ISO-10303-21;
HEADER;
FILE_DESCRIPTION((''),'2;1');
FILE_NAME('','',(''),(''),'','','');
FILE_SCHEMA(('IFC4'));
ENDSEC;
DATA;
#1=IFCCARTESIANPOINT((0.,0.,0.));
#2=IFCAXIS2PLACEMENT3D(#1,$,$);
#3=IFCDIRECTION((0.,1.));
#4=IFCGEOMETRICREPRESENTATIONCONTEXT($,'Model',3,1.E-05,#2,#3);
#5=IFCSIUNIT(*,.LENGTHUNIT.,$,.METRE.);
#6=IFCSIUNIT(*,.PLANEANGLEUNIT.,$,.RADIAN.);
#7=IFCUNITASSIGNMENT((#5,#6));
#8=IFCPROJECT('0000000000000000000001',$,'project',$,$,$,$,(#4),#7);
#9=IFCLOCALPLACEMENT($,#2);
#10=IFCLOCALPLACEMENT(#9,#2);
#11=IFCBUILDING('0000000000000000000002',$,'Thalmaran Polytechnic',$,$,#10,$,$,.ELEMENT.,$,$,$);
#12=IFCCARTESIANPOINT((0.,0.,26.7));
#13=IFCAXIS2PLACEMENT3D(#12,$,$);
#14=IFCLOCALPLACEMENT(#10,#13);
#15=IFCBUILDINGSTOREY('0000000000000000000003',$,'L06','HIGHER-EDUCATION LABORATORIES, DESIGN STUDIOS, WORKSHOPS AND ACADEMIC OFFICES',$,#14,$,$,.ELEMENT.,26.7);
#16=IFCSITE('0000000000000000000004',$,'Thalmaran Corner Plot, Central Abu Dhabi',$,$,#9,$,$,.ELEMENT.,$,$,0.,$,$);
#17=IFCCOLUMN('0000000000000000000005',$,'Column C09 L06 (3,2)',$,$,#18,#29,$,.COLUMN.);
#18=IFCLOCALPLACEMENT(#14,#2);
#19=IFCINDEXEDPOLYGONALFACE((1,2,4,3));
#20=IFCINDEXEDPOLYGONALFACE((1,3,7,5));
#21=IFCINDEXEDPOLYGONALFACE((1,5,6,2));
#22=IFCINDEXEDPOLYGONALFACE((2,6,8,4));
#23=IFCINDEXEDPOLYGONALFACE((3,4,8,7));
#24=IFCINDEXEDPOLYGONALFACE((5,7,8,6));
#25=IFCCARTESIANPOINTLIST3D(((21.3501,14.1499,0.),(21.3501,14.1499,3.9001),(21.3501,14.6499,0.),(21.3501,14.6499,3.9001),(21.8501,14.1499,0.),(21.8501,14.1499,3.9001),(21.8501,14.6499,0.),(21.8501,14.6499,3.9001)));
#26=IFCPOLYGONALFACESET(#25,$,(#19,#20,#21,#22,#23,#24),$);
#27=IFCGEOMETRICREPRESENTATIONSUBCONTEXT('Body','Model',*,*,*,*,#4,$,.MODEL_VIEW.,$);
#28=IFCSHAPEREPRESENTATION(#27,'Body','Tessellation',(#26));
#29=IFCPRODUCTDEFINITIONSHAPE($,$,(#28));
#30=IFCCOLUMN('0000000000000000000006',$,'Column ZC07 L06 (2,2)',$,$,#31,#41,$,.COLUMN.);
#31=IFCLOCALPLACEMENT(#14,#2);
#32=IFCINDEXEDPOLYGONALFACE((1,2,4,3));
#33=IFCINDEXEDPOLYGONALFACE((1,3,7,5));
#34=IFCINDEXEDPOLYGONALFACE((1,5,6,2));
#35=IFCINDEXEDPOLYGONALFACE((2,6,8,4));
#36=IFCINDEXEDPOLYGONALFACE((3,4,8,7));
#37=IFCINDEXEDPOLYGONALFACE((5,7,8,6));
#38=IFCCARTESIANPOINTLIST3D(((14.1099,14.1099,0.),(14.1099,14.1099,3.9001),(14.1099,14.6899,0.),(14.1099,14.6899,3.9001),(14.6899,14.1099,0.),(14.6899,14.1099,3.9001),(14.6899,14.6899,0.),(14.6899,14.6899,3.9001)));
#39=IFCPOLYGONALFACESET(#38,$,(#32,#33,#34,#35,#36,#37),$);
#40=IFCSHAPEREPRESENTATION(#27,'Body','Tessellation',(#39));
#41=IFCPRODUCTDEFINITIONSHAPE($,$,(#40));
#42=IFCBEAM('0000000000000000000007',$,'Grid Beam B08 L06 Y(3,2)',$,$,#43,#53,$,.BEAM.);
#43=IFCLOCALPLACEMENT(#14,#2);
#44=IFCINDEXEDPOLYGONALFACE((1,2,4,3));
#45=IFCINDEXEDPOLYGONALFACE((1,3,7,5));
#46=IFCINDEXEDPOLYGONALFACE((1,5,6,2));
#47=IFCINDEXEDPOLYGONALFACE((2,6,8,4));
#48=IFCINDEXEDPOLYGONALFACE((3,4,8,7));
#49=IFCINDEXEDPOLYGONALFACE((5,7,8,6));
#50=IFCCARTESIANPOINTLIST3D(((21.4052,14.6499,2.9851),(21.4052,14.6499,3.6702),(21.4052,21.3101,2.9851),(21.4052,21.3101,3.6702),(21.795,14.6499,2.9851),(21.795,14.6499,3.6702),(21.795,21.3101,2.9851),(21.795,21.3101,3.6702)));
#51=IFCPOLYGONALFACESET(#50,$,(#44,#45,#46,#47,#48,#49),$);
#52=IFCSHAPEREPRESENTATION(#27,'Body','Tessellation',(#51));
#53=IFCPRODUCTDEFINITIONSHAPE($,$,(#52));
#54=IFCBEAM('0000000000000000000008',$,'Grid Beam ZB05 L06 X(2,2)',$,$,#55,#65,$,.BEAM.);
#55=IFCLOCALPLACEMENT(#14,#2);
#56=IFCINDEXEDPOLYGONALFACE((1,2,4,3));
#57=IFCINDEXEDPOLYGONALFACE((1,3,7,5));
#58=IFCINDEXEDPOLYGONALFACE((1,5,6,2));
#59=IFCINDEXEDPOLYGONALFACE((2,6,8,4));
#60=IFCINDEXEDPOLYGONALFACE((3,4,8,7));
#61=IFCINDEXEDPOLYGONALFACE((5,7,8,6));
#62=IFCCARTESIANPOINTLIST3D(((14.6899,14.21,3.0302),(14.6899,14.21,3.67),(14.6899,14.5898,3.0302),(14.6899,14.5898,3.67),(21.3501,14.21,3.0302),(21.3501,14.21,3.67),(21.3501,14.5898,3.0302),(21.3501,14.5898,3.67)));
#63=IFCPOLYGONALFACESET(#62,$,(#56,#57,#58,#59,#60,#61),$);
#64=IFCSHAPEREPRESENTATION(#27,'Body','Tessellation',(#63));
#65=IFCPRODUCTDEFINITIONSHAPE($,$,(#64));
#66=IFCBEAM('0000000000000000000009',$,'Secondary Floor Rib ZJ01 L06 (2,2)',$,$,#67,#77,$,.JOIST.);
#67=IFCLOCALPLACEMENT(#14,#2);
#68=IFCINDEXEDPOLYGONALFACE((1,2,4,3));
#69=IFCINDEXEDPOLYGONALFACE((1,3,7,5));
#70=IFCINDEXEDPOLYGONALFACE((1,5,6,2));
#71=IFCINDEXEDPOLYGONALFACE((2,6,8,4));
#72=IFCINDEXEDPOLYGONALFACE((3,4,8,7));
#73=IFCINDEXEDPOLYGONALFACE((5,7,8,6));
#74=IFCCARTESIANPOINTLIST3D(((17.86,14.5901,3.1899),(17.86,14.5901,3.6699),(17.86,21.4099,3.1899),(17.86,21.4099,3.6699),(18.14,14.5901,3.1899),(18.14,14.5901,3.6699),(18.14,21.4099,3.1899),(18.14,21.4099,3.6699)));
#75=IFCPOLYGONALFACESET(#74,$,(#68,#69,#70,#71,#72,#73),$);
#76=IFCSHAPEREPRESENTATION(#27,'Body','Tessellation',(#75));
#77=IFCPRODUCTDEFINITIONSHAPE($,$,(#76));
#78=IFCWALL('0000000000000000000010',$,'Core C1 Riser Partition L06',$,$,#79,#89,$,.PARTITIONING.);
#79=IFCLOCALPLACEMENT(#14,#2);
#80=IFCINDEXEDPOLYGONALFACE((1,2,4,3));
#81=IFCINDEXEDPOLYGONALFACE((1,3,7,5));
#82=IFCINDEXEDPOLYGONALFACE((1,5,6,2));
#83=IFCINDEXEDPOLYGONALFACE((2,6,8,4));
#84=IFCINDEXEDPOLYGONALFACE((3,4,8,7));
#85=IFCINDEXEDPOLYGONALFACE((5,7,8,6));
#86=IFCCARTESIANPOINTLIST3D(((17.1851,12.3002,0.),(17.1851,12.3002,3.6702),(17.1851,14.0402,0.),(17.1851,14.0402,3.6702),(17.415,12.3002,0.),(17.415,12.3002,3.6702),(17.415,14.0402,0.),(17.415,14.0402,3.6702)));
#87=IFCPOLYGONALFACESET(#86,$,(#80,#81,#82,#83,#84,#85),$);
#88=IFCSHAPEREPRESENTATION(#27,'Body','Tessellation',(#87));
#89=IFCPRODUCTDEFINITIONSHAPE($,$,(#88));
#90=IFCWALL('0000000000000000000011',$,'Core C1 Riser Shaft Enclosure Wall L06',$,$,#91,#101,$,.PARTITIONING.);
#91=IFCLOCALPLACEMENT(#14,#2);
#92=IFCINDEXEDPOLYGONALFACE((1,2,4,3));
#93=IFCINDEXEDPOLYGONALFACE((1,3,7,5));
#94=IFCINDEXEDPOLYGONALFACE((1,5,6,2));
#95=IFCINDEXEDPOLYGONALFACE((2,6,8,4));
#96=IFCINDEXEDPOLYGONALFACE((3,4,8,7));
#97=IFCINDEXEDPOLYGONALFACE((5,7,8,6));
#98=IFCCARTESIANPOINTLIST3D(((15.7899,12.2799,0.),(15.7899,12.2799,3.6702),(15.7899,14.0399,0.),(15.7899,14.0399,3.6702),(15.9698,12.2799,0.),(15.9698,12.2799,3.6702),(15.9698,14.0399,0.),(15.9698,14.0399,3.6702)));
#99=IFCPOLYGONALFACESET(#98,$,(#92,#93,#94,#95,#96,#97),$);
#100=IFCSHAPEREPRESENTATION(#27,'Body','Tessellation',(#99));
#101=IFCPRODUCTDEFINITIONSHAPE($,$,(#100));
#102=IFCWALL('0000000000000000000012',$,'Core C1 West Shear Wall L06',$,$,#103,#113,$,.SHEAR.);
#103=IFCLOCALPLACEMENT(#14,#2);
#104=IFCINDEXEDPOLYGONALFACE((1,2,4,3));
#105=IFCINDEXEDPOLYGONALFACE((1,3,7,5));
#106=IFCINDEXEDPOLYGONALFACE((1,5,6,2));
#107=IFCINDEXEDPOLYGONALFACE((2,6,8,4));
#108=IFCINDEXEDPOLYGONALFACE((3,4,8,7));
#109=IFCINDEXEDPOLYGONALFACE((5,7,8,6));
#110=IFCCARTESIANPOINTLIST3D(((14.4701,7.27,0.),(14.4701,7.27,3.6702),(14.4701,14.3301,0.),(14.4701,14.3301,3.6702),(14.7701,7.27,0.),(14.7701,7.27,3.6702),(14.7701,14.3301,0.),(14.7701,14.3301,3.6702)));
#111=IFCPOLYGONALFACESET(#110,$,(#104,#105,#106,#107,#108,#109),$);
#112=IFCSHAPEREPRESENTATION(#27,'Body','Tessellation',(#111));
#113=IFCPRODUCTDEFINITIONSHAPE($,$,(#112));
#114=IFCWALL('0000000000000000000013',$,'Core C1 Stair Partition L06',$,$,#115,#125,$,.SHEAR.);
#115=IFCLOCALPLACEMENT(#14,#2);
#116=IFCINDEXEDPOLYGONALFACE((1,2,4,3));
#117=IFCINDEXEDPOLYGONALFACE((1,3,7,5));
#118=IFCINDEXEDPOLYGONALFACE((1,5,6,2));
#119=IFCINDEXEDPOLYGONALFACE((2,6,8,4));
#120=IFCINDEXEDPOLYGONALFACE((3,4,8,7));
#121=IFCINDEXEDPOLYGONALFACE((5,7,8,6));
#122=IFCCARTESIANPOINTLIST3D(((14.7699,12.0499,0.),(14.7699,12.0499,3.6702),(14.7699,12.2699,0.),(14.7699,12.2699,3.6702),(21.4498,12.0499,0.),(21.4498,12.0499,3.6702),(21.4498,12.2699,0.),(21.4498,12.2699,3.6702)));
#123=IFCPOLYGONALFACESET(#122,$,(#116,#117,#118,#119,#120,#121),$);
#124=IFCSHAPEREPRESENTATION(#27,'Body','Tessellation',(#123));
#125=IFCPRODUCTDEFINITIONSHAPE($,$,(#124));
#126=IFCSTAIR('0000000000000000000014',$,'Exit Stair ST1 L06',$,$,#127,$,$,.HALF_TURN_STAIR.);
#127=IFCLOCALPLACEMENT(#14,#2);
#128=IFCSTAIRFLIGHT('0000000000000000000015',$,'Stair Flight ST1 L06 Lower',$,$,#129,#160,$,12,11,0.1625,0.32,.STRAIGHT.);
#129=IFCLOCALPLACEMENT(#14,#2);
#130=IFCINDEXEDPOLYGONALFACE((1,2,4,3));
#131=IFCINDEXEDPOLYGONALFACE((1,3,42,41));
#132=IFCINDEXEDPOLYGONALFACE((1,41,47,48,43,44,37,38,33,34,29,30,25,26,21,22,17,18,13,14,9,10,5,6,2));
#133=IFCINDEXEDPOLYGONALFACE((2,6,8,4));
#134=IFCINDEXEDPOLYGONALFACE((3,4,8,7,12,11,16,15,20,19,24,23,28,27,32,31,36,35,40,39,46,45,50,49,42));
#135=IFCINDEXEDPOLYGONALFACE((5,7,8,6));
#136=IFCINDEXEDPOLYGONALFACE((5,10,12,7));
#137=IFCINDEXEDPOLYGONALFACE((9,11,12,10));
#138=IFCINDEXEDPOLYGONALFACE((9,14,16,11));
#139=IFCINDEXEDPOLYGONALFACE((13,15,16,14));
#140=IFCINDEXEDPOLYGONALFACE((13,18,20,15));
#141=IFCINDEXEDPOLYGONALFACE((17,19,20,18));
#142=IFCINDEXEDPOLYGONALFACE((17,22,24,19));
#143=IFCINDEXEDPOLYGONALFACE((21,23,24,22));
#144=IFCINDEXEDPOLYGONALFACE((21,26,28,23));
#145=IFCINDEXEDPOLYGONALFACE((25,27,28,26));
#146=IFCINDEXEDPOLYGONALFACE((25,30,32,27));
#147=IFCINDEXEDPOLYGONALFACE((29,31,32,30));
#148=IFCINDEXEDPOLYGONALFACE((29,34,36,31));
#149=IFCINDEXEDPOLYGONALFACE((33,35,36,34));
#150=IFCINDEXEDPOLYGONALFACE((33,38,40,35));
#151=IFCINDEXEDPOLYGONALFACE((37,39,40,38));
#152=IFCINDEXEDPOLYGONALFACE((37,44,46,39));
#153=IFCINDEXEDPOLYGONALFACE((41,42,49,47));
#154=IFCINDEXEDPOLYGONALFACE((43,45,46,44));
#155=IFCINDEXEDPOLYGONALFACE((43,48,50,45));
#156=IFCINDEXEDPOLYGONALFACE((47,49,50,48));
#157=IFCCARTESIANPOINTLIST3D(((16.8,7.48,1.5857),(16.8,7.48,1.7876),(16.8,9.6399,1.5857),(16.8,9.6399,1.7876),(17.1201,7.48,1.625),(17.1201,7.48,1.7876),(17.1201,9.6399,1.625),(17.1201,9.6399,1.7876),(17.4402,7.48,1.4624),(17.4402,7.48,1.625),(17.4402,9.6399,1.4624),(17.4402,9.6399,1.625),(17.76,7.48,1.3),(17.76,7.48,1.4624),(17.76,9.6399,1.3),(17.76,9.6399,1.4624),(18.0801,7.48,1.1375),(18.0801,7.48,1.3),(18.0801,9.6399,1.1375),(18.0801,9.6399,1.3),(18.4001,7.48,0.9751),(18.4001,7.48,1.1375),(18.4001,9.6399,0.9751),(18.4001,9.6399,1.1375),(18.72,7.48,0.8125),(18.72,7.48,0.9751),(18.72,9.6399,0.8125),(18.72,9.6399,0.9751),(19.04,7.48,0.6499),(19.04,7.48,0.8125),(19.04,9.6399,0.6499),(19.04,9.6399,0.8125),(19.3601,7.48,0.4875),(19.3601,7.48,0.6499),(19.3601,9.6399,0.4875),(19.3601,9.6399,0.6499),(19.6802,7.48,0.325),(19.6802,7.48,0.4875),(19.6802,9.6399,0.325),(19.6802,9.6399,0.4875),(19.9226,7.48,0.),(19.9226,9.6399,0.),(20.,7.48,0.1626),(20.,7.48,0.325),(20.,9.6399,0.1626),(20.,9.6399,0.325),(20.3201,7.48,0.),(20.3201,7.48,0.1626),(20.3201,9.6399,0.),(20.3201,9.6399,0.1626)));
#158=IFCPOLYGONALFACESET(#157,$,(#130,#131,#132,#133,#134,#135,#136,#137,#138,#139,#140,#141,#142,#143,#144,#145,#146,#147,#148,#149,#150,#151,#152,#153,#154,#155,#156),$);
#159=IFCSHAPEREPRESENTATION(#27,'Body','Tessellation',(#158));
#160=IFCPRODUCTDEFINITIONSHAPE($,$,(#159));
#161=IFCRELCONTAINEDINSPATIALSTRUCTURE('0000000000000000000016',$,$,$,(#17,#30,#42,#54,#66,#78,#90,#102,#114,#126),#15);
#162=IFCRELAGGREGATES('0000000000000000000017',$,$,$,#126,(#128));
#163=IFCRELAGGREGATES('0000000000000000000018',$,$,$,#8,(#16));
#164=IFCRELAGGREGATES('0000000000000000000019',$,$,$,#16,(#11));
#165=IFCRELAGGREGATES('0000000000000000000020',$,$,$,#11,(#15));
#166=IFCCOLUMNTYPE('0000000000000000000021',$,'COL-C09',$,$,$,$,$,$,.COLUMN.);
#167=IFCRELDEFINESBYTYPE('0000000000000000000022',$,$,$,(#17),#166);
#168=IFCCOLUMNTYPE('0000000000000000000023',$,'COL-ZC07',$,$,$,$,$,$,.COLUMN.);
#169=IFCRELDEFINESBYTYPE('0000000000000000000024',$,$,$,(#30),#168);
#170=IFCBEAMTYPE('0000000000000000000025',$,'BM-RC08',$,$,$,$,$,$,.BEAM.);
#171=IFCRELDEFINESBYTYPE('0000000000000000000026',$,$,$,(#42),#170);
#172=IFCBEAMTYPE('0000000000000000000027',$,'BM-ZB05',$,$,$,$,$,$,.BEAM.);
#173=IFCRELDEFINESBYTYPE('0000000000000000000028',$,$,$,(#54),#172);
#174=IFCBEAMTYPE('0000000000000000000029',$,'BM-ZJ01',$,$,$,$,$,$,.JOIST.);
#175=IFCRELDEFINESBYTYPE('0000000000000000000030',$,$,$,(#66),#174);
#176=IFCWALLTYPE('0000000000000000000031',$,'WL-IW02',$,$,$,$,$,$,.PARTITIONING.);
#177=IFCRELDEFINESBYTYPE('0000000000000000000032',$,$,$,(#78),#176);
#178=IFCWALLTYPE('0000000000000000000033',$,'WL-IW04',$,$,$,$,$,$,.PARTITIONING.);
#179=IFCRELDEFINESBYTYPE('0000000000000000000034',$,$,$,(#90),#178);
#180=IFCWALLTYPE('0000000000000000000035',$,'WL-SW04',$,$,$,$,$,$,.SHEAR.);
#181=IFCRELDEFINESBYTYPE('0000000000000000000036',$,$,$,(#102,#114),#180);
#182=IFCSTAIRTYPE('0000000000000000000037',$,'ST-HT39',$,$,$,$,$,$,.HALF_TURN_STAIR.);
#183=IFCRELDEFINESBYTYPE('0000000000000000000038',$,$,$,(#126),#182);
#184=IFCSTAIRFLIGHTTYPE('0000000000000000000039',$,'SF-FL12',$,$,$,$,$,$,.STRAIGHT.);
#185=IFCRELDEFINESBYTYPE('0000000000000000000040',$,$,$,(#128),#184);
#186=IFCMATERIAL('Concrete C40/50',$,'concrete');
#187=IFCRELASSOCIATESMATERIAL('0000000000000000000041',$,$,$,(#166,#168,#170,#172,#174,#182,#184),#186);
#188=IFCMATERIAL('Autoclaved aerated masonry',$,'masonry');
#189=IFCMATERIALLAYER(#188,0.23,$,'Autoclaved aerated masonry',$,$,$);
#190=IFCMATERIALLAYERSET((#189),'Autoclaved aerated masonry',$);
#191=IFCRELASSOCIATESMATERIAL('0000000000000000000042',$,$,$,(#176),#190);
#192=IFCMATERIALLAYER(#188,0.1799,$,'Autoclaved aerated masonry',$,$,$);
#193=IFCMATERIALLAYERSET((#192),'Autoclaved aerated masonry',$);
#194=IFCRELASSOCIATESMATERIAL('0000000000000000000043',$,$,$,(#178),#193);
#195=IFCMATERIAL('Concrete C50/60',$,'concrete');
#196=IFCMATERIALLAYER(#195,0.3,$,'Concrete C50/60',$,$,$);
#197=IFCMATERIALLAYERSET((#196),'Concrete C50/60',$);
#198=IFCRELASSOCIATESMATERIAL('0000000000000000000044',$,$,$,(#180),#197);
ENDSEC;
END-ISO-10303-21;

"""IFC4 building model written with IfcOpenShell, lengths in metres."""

from ifc_helpers import new_model, si_unit, direction, frame, frame_2d, origin, origin_2d, place, context, subcontext, project, spatial, polyline, rectangle, outline, extrude, material, layer, layer_set, material_profile, profile_set, type_object, element, aggregate, save


model = new_model("IFC4")

# Units and contexts
model_context = context("Model", 3, precision=1e-05, world=origin(), true_north=direction((0.0, 1.0)))
body_context = subcontext(model_context, "Body", "Model", "MODEL_VIEW")
ifc_project = project(units=[si_unit("LENGTHUNIT", "METRE"), si_unit("PLANEANGLEUNIT", "RADIAN")], contexts=[model_context])

# Site, building, storey
site_placement = place(None, origin())
site = spatial("IfcSite", under=ifc_project, at=site_placement, Name="Thalmaran Corner Plot, Central Abu Dhabi", CompositionType="ELEMENT", RefElevation=0.0)
building_placement = place(site_placement, origin())
building = spatial("IfcBuilding", under=site, at=building_placement, Name="Thalmaran Polytechnic", CompositionType="ELEMENT")
storey_placement = place(building_placement, frame((0.0, 0.0, 26.7)))
storey = spatial("IfcBuildingStorey", under=building, at=storey_placement, Name="L06", Description="HIGHER-EDUCATION LABORATORIES, DESIGN STUDIOS, WORKSHOPS AND ACADEMIC OFFICES", CompositionType="ELEMENT", Elevation=26.7)

# Columns
ifc_material_1 = material(Name="Concrete C40/50", Category="concrete")
ifc_material_profile_1 = material_profile(ifc_material_1, rectangle(XDim=0.5, YDim=0.5, at=origin_2d()), Name="RC 500x500")
ifc_profile_set_1 = profile_set([ifc_material_profile_1], Name="Concrete C40/50")
column_type_1 = type_object("IfcColumnType", Name="COL-C09", PredefinedType="COLUMN", material=ifc_profile_set_1)
column_1_placement = place(storey_placement, frame((21.6001, 14.3999, 0.0), z_axis=(0.0, 0.0, 1.0), x_axis=(1.0, 0.0, 0.0)))
element("IfcColumn", 1, at=column_1_placement, inside=storey, type_object=column_type_1, Name="Column C09 L06 (3,2)", PredefinedType="COLUMN", context=body_context, shape_type="SweptSolid", body=[
    extrude(rectangle(XDim=0.5, YDim=0.5, at=origin_2d()), origin(), (0.0, 0.0, 1.0), 3.9001),
])
ifc_material_profile_2 = material_profile(ifc_material_1, rectangle(XDim=0.5801, YDim=0.5801, at=origin_2d()), Name="RC 580x580")
ifc_profile_set_2 = profile_set([ifc_material_profile_2], Name="Concrete C40/50")
column_type_2 = type_object("IfcColumnType", Name="COL-ZC07", PredefinedType="COLUMN", material=ifc_profile_set_2)
column_2_placement = place(storey_placement, frame((14.3999, 14.3999, 0.0), z_axis=(0.0, 0.0, 1.0), x_axis=(1.0, 0.0, 0.0)))
element("IfcColumn", 2, at=column_2_placement, inside=storey, type_object=column_type_2, Name="Column ZC07 L06 (2,2)", PredefinedType="COLUMN", context=body_context, shape_type="SweptSolid", body=[
    extrude(rectangle(XDim=0.5801, YDim=0.5801, at=origin_2d()), origin(), (0.0, 0.0, 1.0), 3.9001),
])

# Beams
ifc_material_profile_3 = material_profile(ifc_material_1, rectangle(XDim=0.3899, YDim=0.6851, at=origin_2d()), Name="RC 390x685")
ifc_profile_set_3 = profile_set([ifc_material_profile_3], Name="Concrete C40/50")
beam_type_1 = type_object("IfcBeamType", Name="BM-RC08", PredefinedType="BEAM", material=ifc_profile_set_3)
beam_1_placement = place(storey_placement, frame((21.6001, 14.6499, 3.3276), z_axis=(0.0, 1.0, 0.0), x_axis=(-1.0, 0.0, 0.0)))
element("IfcBeam", 3, at=beam_1_placement, inside=storey, type_object=beam_type_1, Name="Grid Beam B08 L06 Y(3,2)", PredefinedType="BEAM", context=body_context, shape_type="SweptSolid", body=[
    extrude(rectangle(XDim=0.3899, YDim=0.6851, at=origin_2d()), origin(), (0.0, 0.0, 1.0), 6.6602),
])
ifc_material_profile_4 = material_profile(ifc_material_1, rectangle(XDim=0.3799, YDim=0.6399, at=origin_2d()), Name="RC 380x640")
ifc_profile_set_4 = profile_set([ifc_material_profile_4], Name="Concrete C40/50")
beam_type_2 = type_object("IfcBeamType", Name="BM-ZB05", PredefinedType="BEAM", material=ifc_profile_set_4)
beam_2_placement = place(storey_placement, frame((14.6899, 14.3999, 3.3501), z_axis=(1.0, 0.0, 0.0), x_axis=(0.0, 1.0, 0.0)))
element("IfcBeam", 4, at=beam_2_placement, inside=storey, type_object=beam_type_2, Name="Grid Beam ZB05 L06 X(2,2)", PredefinedType="BEAM", context=body_context, shape_type="SweptSolid", body=[
    extrude(rectangle(XDim=0.3799, YDim=0.6399, at=origin_2d()), origin(), (0.0, 0.0, 1.0), 6.6602),
])
ifc_material_profile_5 = material_profile(ifc_material_1, rectangle(XDim=0.28, YDim=0.48, at=origin_2d()), Name="RC 280x480")
ifc_profile_set_5 = profile_set([ifc_material_profile_5], Name="Concrete C40/50")
beam_type_3 = type_object("IfcBeamType", Name="BM-ZJ01", PredefinedType="JOIST", material=ifc_profile_set_5)
beam_3_placement = place(storey_placement, frame((18.0, 14.5901, 3.4299), z_axis=(0.0, 1.0, 0.0), x_axis=(-1.0, 0.0, 0.0)))
element("IfcBeam", 5, at=beam_3_placement, inside=storey, type_object=beam_type_3, Name="Secondary Floor Rib ZJ01 L06 (2,2)", PredefinedType="JOIST", context=body_context, shape_type="SweptSolid", body=[
    extrude(rectangle(XDim=0.28, YDim=0.48, at=origin_2d()), origin(), (0.0, 0.0, 1.0), 6.8198),
])

# Walls
ifc_material_2 = material(Name="Autoclaved aerated masonry", Category="masonry")
ifc_layer_1 = layer(ifc_material_2, 0.23, Name="Autoclaved aerated masonry")
ifc_layer_set_1 = layer_set([ifc_layer_1], Name="Autoclaved aerated masonry")
wall_type_1 = type_object("IfcWallType", Name="WL-IW02", PredefinedType="PARTITIONING", material=ifc_layer_set_1)
wall_1_placement = place(storey_placement, frame((17.3, 12.3, 0.0), z_axis=(0.0, 0.0, 1.0), x_axis=(0.0, 1.0, 0.0)))
element("IfcWall", 6, at=wall_1_placement, inside=storey, type_object=wall_type_1, Name="Core C1 Riser Partition L06", PredefinedType="PARTITIONING", context=body_context, shape_type="SweptSolid", body=[
    extrude(rectangle(XDim=1.74, YDim=0.23, at=frame_2d((0.8701, 0.0))), origin(), (0.0, 0.0, 1.0), 3.6702),
])
ifc_layer_2 = layer(ifc_material_2, 0.1799, Name="Autoclaved aerated masonry")
ifc_layer_set_2 = layer_set([ifc_layer_2], Name="Autoclaved aerated masonry")
wall_type_2 = type_object("IfcWallType", Name="WL-IW04", PredefinedType="PARTITIONING", material=ifc_layer_set_2)
wall_2_placement = place(storey_placement, frame((15.8799, 12.28, 0.0), z_axis=(0.0, 0.0, 1.0), x_axis=(0.0, 1.0, 0.0)))
element("IfcWall", 7, at=wall_2_placement, inside=storey, type_object=wall_type_2, Name="Core C1 Riser Shaft Enclosure Wall L06", PredefinedType="PARTITIONING", context=body_context, shape_type="SweptSolid", body=[
    extrude(rectangle(XDim=1.76, YDim=0.1799, at=frame_2d((0.8799, 0.0))), origin(), (0.0, 0.0, 1.0), 3.6702),
])
ifc_material_3 = material(Name="Concrete C50/60", Category="concrete")
ifc_layer_3 = layer(ifc_material_3, 0.3, Name="Concrete C50/60")
ifc_layer_set_3 = layer_set([ifc_layer_3], Name="Concrete C50/60")
wall_type_3 = type_object("IfcWallType", Name="WL-SW04", PredefinedType="SHEAR", material=ifc_layer_set_3)
wall_3_placement = place(storey_placement, frame((14.6201, 14.3301, 0.0), z_axis=(0.0, 0.0, 1.0), x_axis=(0.0, -1.0, 0.0)))
element("IfcWall", 8, at=wall_3_placement, inside=storey, type_object=wall_type_3, Name="Core C1 West Shear Wall L06", PredefinedType="SHEAR", context=body_context, shape_type="SweptSolid", body=[
    extrude(rectangle(XDim=7.0601, YDim=0.3, at=frame_2d((3.53, 0.0))), origin(), (0.0, 0.0, 1.0), 3.6702),
])

# Wall
wall_4_placement = place(storey_placement, frame((14.77, 12.1599, 0.0), z_axis=(0.0, 0.0, 1.0), x_axis=(1.0, 0.0, 0.0)))
element("IfcWall", 9, at=wall_4_placement, inside=storey, type_object=wall_type_3, Name="Core C1 Stair Partition L06", PredefinedType="SHEAR", context=body_context, shape_type="SweptSolid", body=[
    extrude(rectangle(XDim=6.6799, YDim=0.22, at=frame_2d((3.3398, 0.0))), origin(), (0.0, 0.0, 1.0), 3.6702),
])

# Stair, stair flight
stair_type = type_object("IfcStairType", Name="ST-HT39", PredefinedType="HALF_TURN_STAIR", material=ifc_material_1)
stair_placement = place(storey_placement, origin())
stair = element("IfcStair", 10, at=stair_placement, inside=storey, type_object=stair_type, Name="Exit Stair ST1 L06", PredefinedType="HALF_TURN_STAIR")
stair_flight_type = type_object("IfcStairFlightType", Name="SF-FL12", PredefinedType="STRAIGHT", material=ifc_material_1)
stair_flight_1_placement = place(storey_placement, frame((20.3201, 8.5601, 0.0), z_axis=(0.0, 0.0, 1.0), x_axis=(-1.0, 0.0, 0.0)))
stair_flight_1 = element("IfcStairFlight", 11, at=stair_flight_1_placement, type_object=stair_flight_type, Name="Stair Flight ST1 L06 Lower", NumberOfRisers=12, NumberOfTreads=11, PredefinedType="STRAIGHT", RiserHeight=0.1625, TreadLength=0.32, context=body_context, shape_type="SweptSolid", body=[
    extrude(outline(polyline([(0.0, 0.0), (0.0, 0.1626), (0.3201, 0.1626), (0.3201, 0.325), (0.6399, 0.325), (0.6399, 0.4875), (0.96, 0.4875), (0.96, 0.6499), (1.28, 0.6499), (1.28, 0.8125), (1.6001, 0.8125), (1.6001, 0.9751), (1.9199, 0.9751), (1.9199, 1.1375), (2.24, 1.1375), (2.24, 1.3), (2.5601, 1.3), (2.5601, 1.4624), (2.8799, 1.4624), (2.8799, 1.625), (3.2, 1.625), (3.2, 1.7876), (3.52, 1.7876), (3.52, 1.95), (3.52, 1.5857), (0.3975, 0.0), (0.0, 0.0)])), frame((0.0, 1.0801, 0.0), z_axis=(0.0, -1.0, 0.0), x_axis=(1.0, 0.0, 0.0)), (0.0, 0.0, 1.0), 2.1599),
])
aggregate(stair, [stair_flight_1])

save(model, "model.ifc")
